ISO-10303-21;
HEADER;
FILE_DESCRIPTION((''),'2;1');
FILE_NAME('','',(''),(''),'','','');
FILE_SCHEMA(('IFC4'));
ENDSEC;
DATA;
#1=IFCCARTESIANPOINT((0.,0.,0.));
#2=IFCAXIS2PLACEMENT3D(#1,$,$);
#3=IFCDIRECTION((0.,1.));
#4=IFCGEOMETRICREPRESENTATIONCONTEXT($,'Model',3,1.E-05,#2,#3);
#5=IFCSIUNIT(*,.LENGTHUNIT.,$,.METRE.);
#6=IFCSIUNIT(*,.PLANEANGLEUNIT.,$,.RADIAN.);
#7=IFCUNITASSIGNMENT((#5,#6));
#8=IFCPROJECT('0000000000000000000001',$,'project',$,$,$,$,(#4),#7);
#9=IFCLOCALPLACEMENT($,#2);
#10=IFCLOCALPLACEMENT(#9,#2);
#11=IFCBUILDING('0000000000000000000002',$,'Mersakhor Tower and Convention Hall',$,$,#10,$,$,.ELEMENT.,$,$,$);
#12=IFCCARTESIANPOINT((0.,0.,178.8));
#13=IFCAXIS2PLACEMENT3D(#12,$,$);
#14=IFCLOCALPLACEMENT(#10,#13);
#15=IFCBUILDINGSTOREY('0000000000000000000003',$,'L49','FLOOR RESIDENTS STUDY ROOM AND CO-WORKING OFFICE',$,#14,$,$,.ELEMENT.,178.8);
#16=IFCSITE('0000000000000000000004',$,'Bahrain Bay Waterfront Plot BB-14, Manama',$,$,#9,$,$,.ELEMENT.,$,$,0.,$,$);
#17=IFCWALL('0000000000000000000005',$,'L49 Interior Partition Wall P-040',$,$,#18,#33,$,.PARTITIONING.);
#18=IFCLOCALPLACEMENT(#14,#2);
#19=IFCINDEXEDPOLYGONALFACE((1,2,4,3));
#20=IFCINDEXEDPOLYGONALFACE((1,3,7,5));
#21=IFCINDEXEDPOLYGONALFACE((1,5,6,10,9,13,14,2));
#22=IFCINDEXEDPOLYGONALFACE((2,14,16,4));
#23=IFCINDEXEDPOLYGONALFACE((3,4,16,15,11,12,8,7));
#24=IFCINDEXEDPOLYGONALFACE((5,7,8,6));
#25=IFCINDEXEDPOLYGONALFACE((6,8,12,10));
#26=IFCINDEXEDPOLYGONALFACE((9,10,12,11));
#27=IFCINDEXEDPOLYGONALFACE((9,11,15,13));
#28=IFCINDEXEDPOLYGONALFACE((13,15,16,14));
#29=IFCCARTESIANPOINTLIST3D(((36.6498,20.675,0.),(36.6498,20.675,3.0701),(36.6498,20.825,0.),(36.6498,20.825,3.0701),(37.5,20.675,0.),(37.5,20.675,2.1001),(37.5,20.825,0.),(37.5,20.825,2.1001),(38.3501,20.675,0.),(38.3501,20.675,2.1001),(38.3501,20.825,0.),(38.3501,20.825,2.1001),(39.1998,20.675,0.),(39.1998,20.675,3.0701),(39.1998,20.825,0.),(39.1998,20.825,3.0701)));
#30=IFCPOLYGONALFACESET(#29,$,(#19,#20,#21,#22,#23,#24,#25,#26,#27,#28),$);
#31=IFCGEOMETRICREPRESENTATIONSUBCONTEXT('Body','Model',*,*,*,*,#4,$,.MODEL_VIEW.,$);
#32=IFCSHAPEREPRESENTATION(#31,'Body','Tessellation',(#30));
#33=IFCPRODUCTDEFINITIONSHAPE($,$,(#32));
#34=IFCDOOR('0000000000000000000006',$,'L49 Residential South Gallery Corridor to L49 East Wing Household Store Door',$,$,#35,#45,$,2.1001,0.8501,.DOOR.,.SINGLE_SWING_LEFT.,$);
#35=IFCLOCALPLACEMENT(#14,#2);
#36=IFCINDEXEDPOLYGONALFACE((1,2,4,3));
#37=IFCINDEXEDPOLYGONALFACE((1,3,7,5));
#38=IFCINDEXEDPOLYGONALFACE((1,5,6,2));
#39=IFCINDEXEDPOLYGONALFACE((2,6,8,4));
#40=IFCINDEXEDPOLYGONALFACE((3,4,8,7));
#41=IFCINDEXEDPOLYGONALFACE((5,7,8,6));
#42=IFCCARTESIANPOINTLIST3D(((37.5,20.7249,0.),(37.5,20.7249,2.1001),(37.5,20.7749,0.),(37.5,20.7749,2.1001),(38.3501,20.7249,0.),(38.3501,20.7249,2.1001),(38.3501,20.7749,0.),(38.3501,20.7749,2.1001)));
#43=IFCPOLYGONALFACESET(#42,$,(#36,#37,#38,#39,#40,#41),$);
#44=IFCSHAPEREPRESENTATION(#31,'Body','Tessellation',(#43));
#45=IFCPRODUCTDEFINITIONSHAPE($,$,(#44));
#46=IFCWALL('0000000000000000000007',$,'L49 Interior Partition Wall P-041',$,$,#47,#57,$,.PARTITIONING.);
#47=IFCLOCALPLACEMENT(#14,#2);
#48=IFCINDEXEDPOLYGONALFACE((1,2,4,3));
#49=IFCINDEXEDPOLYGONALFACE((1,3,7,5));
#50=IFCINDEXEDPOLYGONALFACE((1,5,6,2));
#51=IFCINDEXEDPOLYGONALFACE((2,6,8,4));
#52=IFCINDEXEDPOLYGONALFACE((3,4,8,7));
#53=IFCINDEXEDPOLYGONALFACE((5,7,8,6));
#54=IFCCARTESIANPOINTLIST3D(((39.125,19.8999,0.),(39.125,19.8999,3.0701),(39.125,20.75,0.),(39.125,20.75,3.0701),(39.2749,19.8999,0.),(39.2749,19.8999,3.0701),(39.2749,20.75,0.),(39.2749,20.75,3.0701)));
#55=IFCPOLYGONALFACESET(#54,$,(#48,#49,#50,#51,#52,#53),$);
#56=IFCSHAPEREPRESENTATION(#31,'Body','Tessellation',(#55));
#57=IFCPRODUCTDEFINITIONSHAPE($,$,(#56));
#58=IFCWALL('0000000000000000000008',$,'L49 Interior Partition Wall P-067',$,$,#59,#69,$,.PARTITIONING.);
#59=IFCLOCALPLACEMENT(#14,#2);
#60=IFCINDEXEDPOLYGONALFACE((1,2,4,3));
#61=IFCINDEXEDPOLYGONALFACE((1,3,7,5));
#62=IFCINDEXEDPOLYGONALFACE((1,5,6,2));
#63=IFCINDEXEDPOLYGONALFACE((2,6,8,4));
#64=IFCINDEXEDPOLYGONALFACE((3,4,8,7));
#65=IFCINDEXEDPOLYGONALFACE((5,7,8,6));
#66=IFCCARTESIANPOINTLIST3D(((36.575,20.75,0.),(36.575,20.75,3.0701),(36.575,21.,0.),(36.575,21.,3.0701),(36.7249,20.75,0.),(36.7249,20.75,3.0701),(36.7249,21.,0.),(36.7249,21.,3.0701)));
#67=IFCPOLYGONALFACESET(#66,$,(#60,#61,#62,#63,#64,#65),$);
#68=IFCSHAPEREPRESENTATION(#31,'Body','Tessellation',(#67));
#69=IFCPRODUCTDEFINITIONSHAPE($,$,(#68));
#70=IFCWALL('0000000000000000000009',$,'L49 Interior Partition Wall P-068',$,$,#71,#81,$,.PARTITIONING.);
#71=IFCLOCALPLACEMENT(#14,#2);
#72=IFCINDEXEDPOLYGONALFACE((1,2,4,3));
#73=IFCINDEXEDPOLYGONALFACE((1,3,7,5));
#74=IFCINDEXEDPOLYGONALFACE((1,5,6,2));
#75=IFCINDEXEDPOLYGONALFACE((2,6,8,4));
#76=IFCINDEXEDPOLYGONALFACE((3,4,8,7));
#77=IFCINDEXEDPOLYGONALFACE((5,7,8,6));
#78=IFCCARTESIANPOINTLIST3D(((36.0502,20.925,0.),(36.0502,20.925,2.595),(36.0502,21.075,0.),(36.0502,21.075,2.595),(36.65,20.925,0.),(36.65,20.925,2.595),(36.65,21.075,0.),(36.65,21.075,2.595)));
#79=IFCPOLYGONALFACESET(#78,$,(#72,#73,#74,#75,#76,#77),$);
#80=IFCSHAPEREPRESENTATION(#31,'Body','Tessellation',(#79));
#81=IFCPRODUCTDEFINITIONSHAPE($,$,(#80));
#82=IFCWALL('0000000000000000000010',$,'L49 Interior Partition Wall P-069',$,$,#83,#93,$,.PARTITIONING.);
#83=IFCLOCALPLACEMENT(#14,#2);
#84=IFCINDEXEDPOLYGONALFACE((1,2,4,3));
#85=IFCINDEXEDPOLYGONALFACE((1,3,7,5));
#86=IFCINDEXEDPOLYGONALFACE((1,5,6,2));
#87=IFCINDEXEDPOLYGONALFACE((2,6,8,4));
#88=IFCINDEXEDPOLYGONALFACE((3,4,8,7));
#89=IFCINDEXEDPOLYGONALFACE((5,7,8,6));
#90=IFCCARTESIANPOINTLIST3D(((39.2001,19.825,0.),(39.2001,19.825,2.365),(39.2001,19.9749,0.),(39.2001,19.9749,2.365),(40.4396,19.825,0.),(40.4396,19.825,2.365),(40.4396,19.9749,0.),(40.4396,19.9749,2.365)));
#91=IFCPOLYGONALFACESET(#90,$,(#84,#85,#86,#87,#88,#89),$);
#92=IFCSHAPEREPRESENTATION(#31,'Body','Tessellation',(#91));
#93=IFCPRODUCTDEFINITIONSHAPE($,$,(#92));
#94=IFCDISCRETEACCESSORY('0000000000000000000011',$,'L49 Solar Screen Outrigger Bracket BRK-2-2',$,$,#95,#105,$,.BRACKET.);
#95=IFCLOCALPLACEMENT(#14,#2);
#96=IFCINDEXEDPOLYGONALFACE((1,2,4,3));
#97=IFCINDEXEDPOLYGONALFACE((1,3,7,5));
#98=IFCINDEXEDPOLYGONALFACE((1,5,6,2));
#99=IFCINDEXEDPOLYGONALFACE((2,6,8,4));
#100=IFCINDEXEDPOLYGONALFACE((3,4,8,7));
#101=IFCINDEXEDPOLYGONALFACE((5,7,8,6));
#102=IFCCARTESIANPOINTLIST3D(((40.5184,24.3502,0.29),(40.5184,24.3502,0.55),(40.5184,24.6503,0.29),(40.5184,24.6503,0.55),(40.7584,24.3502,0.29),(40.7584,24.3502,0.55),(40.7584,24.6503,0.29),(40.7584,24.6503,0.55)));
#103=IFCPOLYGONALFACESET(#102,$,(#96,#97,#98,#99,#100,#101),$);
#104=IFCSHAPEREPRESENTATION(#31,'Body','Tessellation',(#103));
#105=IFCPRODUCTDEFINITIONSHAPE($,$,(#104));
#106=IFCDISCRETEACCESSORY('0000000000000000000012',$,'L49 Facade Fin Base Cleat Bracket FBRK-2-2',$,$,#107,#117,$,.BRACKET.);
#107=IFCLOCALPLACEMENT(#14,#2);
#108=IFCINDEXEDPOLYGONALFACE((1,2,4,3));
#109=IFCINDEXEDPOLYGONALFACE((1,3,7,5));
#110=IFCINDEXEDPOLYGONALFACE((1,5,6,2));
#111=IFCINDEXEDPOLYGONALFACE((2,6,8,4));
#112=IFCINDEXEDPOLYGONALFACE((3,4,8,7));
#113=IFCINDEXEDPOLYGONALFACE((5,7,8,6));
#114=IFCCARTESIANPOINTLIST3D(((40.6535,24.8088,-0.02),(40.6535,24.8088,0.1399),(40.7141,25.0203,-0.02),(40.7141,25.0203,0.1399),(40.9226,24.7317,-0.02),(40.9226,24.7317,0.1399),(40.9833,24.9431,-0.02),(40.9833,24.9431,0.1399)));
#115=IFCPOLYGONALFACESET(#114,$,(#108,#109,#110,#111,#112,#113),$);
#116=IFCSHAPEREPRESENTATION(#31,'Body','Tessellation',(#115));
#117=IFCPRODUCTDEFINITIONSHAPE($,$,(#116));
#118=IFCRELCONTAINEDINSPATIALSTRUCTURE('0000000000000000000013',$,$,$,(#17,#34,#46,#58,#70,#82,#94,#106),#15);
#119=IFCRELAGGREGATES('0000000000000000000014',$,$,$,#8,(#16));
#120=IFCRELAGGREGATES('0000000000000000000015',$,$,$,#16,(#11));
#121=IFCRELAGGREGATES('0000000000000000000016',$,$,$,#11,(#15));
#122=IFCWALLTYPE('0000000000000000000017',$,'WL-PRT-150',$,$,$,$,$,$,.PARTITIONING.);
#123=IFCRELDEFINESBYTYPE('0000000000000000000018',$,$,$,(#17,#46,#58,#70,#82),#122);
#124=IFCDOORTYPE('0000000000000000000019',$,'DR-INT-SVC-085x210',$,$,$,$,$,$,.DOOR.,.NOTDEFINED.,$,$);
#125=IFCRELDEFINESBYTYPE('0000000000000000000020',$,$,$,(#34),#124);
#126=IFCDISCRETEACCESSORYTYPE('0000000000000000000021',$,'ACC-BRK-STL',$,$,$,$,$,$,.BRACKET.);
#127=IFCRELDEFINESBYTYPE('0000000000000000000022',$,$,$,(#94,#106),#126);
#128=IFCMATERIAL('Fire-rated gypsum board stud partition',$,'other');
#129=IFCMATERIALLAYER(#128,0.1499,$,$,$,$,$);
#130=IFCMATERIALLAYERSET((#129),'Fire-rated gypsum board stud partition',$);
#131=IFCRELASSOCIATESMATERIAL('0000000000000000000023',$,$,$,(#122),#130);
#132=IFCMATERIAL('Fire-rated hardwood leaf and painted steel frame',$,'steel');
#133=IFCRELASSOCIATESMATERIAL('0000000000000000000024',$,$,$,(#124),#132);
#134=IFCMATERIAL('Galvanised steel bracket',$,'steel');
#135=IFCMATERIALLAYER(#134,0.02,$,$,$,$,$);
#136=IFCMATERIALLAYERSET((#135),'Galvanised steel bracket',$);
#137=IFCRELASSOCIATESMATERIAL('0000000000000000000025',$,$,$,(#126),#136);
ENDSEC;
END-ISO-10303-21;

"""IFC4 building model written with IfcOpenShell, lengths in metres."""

from ifc_helpers import new_model, si_unit, direction, frame, frame_2d, origin, origin_2d, place, context, subcontext, project, spatial, rectangle, extrude, material, layer, layer_set, type_object, element, fill, save


model = new_model("IFC4")

# Units and contexts
model_context = context("Model", 3, precision=1e-05, world=origin(), true_north=direction((0.0, 1.0)))
body_context = subcontext(model_context, "Body", "Model", "MODEL_VIEW")
ifc_project = project(units=[si_unit("LENGTHUNIT", "METRE"), si_unit("PLANEANGLEUNIT", "RADIAN")], contexts=[model_context])

# Site, building, storey
site_placement = place(None, origin())
site = spatial("IfcSite", under=ifc_project, at=site_placement, Name="Bahrain Bay Waterfront Plot BB-14, Manama", CompositionType="ELEMENT", RefElevation=0.0)
building_placement = place(site_placement, origin())
building = spatial("IfcBuilding", under=site, at=building_placement, Name="Mersakhor Tower and Convention Hall", CompositionType="ELEMENT")
storey_placement = place(building_placement, frame((0.0, 0.0, 178.8)))
storey = spatial("IfcBuildingStorey", under=building, at=storey_placement, Name="L49", Description="FLOOR RESIDENTS STUDY ROOM AND CO-WORKING OFFICE", CompositionType="ELEMENT", Elevation=178.8)

# Wall, opening, door
ifc_material_1 = material(Name="Fire-rated gypsum board stud partition", Category="other")
ifc_layer_1 = layer(ifc_material_1, 0.1499)
ifc_layer_set_1 = layer_set([ifc_layer_1], Name="Fire-rated gypsum board stud partition")
wall_type_1 = type_object("IfcWallType", Name="WL-PRT-150", PredefinedType="PARTITIONING", material=ifc_layer_set_1)
wall_1_placement = place(storey_placement, frame((36.6499, 20.75, 0.0), z_axis=(0.0, 0.0, 1.0), x_axis=(1.0, 0.0, 0.0)))
wall_1 = element("IfcWall", 1, at=wall_1_placement, inside=storey, type_object=wall_type_1, Name="L49 Interior Partition Wall P-040", PredefinedType="PARTITIONING", context=body_context, shape_type="SweptSolid", body=[
    extrude(rectangle(XDim=2.55, YDim=0.1499, at=frame_2d((1.2749, 0.0))), origin(), (0.0, 0.0, 1.0), 3.0701),
])
opening_placement = place(wall_1_placement, frame((0.8501, 0.0, 0.0)))
opening = element("IfcOpeningElement", 2, at=opening_placement, cuts=wall_1, PredefinedType="OPENING", context=body_context, shape_type="SweptSolid", body=[
    extrude(rectangle(XDim=0.8501, YDim=2.1001, at=frame_2d((0.425, 1.05))), frame((0.0, 0.085, 0.0), z_axis=(0.0, -1.0, 0.0), x_axis=(1.0, 0.0, 0.0)), (0.0, 0.0, 1.0), 0.1699),
])
ifc_material_2 = material(Name="Fire-rated hardwood leaf and painted steel frame", Category="steel")
door_type = type_object("IfcDoorType", Name="DR-INT-SVC-085x210", OperationType="NOTDEFINED", PredefinedType="DOOR", material=ifc_material_2)
door_placement = place(opening_placement, origin())
door = element("IfcDoor", 3, at=door_placement, inside=storey, type_object=door_type, Name="L49 Residential South Gallery Corridor to L49 East Wing Household Store Door", OperationType="SINGLE_SWING_LEFT", OverallHeight=2.1001, OverallWidth=0.8501, PredefinedType="DOOR", context=body_context, shape_type="SweptSolid", body=[
    extrude(rectangle(XDim=0.8501, YDim=2.1001, at=frame_2d((0.425, 1.05))), frame((0.0, 0.0249, 0.0), z_axis=(0.0, -1.0, 0.0), x_axis=(1.0, 0.0, 0.0)), (0.0, 0.0, 1.0), 0.05),
])
fill(opening, door)

# Walls
wall_2_placement = place(storey_placement, frame((39.2, 20.75, 0.0), z_axis=(0.0, 0.0, 1.0), x_axis=(0.0, -1.0, 0.0)))
element("IfcWall", 4, at=wall_2_placement, inside=storey, type_object=wall_type_1, Name="L49 Interior Partition Wall P-041", PredefinedType="PARTITIONING", context=body_context, shape_type="SweptSolid", body=[
    extrude(rectangle(XDim=0.8501, YDim=0.1499, at=frame_2d((0.425, 0.0))), origin(), (0.0, 0.0, 1.0), 3.0701),
])
wall_3_placement = place(storey_placement, frame((36.6499, 20.75, 0.0), z_axis=(0.0, 0.0, 1.0), x_axis=(0.0, 1.0, 0.0)))
element("IfcWall", 5, at=wall_3_placement, inside=storey, type_object=wall_type_1, Name="L49 Interior Partition Wall P-067", PredefinedType="PARTITIONING", context=body_context, shape_type="SweptSolid", body=[
    extrude(rectangle(XDim=0.25, YDim=0.1499, at=frame_2d((0.125, 0.0))), origin(), (0.0, 0.0, 1.0), 3.0701),
])
wall_4_placement = place(storey_placement, frame((36.6499, 21.0, 0.0), z_axis=(0.0, 0.0, 1.0), x_axis=(-1.0, 0.0, 0.0)))
element("IfcWall", 6, at=wall_4_placement, inside=storey, type_object=wall_type_1, Name="L49 Interior Partition Wall P-068", PredefinedType="PARTITIONING", context=body_context, shape_type="SweptSolid", body=[
    extrude(rectangle(XDim=0.5999, YDim=0.1499, at=frame_2d((0.2998, 0.0))), origin(), (0.0, 0.0, 1.0), 2.595),
])
wall_5_placement = place(storey_placement, frame((40.4395, 19.8999, 0.0), z_axis=(0.0, 0.0, 1.0), x_axis=(-1.0, 0.0, 0.0)))
element("IfcWall", 7, at=wall_5_placement, inside=storey, type_object=wall_type_1, Name="L49 Interior Partition Wall P-069", PredefinedType="PARTITIONING", context=body_context, shape_type="SweptSolid", body=[
    extrude(rectangle(XDim=1.2395, YDim=0.1499, at=frame_2d((0.6196, 0.0))), origin(), (0.0, 0.0, 1.0), 2.365),
])

# Discrete accessories
ifc_material_3 = material(Name="Galvanised steel bracket", Category="steel")
ifc_layer_2 = layer(ifc_material_3, 0.02)
ifc_layer_set_2 = layer_set([ifc_layer_2], Name="Galvanised steel bracket")
discrete_accessory_type = type_object("IfcDiscreteAccessoryType", Name="ACC-BRK-STL", PredefinedType="BRACKET", material=ifc_layer_set_2)
discrete_accessory_1_placement = place(storey_placement, frame((40.6384, 24.5002, 0.29), z_axis=(0.0, 0.0, 1.0), x_axis=(0.0, -1.0, 0.0)))
element("IfcDiscreteAccessory", 8, at=discrete_accessory_1_placement, inside=storey, type_object=discrete_accessory_type, Name="L49 Solar Screen Outrigger Bracket BRK-2-2", PredefinedType="BRACKET", context=body_context, shape_type="SweptSolid", body=[
    extrude(rectangle(XDim=0.3, YDim=0.24, at=origin_2d()), origin(), (0.0, 0.0, 1.0), 0.26),
])
discrete_accessory_2_placement = place(storey_placement, frame((40.8184, 24.876, -0.02), z_axis=(0.0, 0.0, 1.0), x_axis=(0.961262, -0.275637, 0.0)))
element("IfcDiscreteAccessory", 9, at=discrete_accessory_2_placement, inside=storey, type_object=discrete_accessory_type, Name="L49 Facade Fin Base Cleat Bracket FBRK-2-2", PredefinedType="BRACKET", context=body_context, shape_type="SweptSolid", body=[
    extrude(rectangle(XDim=0.28, YDim=0.22, at=origin_2d()), origin(), (0.0, 0.0, 1.0), 0.1599),
])

save(model, "model.ifc")
